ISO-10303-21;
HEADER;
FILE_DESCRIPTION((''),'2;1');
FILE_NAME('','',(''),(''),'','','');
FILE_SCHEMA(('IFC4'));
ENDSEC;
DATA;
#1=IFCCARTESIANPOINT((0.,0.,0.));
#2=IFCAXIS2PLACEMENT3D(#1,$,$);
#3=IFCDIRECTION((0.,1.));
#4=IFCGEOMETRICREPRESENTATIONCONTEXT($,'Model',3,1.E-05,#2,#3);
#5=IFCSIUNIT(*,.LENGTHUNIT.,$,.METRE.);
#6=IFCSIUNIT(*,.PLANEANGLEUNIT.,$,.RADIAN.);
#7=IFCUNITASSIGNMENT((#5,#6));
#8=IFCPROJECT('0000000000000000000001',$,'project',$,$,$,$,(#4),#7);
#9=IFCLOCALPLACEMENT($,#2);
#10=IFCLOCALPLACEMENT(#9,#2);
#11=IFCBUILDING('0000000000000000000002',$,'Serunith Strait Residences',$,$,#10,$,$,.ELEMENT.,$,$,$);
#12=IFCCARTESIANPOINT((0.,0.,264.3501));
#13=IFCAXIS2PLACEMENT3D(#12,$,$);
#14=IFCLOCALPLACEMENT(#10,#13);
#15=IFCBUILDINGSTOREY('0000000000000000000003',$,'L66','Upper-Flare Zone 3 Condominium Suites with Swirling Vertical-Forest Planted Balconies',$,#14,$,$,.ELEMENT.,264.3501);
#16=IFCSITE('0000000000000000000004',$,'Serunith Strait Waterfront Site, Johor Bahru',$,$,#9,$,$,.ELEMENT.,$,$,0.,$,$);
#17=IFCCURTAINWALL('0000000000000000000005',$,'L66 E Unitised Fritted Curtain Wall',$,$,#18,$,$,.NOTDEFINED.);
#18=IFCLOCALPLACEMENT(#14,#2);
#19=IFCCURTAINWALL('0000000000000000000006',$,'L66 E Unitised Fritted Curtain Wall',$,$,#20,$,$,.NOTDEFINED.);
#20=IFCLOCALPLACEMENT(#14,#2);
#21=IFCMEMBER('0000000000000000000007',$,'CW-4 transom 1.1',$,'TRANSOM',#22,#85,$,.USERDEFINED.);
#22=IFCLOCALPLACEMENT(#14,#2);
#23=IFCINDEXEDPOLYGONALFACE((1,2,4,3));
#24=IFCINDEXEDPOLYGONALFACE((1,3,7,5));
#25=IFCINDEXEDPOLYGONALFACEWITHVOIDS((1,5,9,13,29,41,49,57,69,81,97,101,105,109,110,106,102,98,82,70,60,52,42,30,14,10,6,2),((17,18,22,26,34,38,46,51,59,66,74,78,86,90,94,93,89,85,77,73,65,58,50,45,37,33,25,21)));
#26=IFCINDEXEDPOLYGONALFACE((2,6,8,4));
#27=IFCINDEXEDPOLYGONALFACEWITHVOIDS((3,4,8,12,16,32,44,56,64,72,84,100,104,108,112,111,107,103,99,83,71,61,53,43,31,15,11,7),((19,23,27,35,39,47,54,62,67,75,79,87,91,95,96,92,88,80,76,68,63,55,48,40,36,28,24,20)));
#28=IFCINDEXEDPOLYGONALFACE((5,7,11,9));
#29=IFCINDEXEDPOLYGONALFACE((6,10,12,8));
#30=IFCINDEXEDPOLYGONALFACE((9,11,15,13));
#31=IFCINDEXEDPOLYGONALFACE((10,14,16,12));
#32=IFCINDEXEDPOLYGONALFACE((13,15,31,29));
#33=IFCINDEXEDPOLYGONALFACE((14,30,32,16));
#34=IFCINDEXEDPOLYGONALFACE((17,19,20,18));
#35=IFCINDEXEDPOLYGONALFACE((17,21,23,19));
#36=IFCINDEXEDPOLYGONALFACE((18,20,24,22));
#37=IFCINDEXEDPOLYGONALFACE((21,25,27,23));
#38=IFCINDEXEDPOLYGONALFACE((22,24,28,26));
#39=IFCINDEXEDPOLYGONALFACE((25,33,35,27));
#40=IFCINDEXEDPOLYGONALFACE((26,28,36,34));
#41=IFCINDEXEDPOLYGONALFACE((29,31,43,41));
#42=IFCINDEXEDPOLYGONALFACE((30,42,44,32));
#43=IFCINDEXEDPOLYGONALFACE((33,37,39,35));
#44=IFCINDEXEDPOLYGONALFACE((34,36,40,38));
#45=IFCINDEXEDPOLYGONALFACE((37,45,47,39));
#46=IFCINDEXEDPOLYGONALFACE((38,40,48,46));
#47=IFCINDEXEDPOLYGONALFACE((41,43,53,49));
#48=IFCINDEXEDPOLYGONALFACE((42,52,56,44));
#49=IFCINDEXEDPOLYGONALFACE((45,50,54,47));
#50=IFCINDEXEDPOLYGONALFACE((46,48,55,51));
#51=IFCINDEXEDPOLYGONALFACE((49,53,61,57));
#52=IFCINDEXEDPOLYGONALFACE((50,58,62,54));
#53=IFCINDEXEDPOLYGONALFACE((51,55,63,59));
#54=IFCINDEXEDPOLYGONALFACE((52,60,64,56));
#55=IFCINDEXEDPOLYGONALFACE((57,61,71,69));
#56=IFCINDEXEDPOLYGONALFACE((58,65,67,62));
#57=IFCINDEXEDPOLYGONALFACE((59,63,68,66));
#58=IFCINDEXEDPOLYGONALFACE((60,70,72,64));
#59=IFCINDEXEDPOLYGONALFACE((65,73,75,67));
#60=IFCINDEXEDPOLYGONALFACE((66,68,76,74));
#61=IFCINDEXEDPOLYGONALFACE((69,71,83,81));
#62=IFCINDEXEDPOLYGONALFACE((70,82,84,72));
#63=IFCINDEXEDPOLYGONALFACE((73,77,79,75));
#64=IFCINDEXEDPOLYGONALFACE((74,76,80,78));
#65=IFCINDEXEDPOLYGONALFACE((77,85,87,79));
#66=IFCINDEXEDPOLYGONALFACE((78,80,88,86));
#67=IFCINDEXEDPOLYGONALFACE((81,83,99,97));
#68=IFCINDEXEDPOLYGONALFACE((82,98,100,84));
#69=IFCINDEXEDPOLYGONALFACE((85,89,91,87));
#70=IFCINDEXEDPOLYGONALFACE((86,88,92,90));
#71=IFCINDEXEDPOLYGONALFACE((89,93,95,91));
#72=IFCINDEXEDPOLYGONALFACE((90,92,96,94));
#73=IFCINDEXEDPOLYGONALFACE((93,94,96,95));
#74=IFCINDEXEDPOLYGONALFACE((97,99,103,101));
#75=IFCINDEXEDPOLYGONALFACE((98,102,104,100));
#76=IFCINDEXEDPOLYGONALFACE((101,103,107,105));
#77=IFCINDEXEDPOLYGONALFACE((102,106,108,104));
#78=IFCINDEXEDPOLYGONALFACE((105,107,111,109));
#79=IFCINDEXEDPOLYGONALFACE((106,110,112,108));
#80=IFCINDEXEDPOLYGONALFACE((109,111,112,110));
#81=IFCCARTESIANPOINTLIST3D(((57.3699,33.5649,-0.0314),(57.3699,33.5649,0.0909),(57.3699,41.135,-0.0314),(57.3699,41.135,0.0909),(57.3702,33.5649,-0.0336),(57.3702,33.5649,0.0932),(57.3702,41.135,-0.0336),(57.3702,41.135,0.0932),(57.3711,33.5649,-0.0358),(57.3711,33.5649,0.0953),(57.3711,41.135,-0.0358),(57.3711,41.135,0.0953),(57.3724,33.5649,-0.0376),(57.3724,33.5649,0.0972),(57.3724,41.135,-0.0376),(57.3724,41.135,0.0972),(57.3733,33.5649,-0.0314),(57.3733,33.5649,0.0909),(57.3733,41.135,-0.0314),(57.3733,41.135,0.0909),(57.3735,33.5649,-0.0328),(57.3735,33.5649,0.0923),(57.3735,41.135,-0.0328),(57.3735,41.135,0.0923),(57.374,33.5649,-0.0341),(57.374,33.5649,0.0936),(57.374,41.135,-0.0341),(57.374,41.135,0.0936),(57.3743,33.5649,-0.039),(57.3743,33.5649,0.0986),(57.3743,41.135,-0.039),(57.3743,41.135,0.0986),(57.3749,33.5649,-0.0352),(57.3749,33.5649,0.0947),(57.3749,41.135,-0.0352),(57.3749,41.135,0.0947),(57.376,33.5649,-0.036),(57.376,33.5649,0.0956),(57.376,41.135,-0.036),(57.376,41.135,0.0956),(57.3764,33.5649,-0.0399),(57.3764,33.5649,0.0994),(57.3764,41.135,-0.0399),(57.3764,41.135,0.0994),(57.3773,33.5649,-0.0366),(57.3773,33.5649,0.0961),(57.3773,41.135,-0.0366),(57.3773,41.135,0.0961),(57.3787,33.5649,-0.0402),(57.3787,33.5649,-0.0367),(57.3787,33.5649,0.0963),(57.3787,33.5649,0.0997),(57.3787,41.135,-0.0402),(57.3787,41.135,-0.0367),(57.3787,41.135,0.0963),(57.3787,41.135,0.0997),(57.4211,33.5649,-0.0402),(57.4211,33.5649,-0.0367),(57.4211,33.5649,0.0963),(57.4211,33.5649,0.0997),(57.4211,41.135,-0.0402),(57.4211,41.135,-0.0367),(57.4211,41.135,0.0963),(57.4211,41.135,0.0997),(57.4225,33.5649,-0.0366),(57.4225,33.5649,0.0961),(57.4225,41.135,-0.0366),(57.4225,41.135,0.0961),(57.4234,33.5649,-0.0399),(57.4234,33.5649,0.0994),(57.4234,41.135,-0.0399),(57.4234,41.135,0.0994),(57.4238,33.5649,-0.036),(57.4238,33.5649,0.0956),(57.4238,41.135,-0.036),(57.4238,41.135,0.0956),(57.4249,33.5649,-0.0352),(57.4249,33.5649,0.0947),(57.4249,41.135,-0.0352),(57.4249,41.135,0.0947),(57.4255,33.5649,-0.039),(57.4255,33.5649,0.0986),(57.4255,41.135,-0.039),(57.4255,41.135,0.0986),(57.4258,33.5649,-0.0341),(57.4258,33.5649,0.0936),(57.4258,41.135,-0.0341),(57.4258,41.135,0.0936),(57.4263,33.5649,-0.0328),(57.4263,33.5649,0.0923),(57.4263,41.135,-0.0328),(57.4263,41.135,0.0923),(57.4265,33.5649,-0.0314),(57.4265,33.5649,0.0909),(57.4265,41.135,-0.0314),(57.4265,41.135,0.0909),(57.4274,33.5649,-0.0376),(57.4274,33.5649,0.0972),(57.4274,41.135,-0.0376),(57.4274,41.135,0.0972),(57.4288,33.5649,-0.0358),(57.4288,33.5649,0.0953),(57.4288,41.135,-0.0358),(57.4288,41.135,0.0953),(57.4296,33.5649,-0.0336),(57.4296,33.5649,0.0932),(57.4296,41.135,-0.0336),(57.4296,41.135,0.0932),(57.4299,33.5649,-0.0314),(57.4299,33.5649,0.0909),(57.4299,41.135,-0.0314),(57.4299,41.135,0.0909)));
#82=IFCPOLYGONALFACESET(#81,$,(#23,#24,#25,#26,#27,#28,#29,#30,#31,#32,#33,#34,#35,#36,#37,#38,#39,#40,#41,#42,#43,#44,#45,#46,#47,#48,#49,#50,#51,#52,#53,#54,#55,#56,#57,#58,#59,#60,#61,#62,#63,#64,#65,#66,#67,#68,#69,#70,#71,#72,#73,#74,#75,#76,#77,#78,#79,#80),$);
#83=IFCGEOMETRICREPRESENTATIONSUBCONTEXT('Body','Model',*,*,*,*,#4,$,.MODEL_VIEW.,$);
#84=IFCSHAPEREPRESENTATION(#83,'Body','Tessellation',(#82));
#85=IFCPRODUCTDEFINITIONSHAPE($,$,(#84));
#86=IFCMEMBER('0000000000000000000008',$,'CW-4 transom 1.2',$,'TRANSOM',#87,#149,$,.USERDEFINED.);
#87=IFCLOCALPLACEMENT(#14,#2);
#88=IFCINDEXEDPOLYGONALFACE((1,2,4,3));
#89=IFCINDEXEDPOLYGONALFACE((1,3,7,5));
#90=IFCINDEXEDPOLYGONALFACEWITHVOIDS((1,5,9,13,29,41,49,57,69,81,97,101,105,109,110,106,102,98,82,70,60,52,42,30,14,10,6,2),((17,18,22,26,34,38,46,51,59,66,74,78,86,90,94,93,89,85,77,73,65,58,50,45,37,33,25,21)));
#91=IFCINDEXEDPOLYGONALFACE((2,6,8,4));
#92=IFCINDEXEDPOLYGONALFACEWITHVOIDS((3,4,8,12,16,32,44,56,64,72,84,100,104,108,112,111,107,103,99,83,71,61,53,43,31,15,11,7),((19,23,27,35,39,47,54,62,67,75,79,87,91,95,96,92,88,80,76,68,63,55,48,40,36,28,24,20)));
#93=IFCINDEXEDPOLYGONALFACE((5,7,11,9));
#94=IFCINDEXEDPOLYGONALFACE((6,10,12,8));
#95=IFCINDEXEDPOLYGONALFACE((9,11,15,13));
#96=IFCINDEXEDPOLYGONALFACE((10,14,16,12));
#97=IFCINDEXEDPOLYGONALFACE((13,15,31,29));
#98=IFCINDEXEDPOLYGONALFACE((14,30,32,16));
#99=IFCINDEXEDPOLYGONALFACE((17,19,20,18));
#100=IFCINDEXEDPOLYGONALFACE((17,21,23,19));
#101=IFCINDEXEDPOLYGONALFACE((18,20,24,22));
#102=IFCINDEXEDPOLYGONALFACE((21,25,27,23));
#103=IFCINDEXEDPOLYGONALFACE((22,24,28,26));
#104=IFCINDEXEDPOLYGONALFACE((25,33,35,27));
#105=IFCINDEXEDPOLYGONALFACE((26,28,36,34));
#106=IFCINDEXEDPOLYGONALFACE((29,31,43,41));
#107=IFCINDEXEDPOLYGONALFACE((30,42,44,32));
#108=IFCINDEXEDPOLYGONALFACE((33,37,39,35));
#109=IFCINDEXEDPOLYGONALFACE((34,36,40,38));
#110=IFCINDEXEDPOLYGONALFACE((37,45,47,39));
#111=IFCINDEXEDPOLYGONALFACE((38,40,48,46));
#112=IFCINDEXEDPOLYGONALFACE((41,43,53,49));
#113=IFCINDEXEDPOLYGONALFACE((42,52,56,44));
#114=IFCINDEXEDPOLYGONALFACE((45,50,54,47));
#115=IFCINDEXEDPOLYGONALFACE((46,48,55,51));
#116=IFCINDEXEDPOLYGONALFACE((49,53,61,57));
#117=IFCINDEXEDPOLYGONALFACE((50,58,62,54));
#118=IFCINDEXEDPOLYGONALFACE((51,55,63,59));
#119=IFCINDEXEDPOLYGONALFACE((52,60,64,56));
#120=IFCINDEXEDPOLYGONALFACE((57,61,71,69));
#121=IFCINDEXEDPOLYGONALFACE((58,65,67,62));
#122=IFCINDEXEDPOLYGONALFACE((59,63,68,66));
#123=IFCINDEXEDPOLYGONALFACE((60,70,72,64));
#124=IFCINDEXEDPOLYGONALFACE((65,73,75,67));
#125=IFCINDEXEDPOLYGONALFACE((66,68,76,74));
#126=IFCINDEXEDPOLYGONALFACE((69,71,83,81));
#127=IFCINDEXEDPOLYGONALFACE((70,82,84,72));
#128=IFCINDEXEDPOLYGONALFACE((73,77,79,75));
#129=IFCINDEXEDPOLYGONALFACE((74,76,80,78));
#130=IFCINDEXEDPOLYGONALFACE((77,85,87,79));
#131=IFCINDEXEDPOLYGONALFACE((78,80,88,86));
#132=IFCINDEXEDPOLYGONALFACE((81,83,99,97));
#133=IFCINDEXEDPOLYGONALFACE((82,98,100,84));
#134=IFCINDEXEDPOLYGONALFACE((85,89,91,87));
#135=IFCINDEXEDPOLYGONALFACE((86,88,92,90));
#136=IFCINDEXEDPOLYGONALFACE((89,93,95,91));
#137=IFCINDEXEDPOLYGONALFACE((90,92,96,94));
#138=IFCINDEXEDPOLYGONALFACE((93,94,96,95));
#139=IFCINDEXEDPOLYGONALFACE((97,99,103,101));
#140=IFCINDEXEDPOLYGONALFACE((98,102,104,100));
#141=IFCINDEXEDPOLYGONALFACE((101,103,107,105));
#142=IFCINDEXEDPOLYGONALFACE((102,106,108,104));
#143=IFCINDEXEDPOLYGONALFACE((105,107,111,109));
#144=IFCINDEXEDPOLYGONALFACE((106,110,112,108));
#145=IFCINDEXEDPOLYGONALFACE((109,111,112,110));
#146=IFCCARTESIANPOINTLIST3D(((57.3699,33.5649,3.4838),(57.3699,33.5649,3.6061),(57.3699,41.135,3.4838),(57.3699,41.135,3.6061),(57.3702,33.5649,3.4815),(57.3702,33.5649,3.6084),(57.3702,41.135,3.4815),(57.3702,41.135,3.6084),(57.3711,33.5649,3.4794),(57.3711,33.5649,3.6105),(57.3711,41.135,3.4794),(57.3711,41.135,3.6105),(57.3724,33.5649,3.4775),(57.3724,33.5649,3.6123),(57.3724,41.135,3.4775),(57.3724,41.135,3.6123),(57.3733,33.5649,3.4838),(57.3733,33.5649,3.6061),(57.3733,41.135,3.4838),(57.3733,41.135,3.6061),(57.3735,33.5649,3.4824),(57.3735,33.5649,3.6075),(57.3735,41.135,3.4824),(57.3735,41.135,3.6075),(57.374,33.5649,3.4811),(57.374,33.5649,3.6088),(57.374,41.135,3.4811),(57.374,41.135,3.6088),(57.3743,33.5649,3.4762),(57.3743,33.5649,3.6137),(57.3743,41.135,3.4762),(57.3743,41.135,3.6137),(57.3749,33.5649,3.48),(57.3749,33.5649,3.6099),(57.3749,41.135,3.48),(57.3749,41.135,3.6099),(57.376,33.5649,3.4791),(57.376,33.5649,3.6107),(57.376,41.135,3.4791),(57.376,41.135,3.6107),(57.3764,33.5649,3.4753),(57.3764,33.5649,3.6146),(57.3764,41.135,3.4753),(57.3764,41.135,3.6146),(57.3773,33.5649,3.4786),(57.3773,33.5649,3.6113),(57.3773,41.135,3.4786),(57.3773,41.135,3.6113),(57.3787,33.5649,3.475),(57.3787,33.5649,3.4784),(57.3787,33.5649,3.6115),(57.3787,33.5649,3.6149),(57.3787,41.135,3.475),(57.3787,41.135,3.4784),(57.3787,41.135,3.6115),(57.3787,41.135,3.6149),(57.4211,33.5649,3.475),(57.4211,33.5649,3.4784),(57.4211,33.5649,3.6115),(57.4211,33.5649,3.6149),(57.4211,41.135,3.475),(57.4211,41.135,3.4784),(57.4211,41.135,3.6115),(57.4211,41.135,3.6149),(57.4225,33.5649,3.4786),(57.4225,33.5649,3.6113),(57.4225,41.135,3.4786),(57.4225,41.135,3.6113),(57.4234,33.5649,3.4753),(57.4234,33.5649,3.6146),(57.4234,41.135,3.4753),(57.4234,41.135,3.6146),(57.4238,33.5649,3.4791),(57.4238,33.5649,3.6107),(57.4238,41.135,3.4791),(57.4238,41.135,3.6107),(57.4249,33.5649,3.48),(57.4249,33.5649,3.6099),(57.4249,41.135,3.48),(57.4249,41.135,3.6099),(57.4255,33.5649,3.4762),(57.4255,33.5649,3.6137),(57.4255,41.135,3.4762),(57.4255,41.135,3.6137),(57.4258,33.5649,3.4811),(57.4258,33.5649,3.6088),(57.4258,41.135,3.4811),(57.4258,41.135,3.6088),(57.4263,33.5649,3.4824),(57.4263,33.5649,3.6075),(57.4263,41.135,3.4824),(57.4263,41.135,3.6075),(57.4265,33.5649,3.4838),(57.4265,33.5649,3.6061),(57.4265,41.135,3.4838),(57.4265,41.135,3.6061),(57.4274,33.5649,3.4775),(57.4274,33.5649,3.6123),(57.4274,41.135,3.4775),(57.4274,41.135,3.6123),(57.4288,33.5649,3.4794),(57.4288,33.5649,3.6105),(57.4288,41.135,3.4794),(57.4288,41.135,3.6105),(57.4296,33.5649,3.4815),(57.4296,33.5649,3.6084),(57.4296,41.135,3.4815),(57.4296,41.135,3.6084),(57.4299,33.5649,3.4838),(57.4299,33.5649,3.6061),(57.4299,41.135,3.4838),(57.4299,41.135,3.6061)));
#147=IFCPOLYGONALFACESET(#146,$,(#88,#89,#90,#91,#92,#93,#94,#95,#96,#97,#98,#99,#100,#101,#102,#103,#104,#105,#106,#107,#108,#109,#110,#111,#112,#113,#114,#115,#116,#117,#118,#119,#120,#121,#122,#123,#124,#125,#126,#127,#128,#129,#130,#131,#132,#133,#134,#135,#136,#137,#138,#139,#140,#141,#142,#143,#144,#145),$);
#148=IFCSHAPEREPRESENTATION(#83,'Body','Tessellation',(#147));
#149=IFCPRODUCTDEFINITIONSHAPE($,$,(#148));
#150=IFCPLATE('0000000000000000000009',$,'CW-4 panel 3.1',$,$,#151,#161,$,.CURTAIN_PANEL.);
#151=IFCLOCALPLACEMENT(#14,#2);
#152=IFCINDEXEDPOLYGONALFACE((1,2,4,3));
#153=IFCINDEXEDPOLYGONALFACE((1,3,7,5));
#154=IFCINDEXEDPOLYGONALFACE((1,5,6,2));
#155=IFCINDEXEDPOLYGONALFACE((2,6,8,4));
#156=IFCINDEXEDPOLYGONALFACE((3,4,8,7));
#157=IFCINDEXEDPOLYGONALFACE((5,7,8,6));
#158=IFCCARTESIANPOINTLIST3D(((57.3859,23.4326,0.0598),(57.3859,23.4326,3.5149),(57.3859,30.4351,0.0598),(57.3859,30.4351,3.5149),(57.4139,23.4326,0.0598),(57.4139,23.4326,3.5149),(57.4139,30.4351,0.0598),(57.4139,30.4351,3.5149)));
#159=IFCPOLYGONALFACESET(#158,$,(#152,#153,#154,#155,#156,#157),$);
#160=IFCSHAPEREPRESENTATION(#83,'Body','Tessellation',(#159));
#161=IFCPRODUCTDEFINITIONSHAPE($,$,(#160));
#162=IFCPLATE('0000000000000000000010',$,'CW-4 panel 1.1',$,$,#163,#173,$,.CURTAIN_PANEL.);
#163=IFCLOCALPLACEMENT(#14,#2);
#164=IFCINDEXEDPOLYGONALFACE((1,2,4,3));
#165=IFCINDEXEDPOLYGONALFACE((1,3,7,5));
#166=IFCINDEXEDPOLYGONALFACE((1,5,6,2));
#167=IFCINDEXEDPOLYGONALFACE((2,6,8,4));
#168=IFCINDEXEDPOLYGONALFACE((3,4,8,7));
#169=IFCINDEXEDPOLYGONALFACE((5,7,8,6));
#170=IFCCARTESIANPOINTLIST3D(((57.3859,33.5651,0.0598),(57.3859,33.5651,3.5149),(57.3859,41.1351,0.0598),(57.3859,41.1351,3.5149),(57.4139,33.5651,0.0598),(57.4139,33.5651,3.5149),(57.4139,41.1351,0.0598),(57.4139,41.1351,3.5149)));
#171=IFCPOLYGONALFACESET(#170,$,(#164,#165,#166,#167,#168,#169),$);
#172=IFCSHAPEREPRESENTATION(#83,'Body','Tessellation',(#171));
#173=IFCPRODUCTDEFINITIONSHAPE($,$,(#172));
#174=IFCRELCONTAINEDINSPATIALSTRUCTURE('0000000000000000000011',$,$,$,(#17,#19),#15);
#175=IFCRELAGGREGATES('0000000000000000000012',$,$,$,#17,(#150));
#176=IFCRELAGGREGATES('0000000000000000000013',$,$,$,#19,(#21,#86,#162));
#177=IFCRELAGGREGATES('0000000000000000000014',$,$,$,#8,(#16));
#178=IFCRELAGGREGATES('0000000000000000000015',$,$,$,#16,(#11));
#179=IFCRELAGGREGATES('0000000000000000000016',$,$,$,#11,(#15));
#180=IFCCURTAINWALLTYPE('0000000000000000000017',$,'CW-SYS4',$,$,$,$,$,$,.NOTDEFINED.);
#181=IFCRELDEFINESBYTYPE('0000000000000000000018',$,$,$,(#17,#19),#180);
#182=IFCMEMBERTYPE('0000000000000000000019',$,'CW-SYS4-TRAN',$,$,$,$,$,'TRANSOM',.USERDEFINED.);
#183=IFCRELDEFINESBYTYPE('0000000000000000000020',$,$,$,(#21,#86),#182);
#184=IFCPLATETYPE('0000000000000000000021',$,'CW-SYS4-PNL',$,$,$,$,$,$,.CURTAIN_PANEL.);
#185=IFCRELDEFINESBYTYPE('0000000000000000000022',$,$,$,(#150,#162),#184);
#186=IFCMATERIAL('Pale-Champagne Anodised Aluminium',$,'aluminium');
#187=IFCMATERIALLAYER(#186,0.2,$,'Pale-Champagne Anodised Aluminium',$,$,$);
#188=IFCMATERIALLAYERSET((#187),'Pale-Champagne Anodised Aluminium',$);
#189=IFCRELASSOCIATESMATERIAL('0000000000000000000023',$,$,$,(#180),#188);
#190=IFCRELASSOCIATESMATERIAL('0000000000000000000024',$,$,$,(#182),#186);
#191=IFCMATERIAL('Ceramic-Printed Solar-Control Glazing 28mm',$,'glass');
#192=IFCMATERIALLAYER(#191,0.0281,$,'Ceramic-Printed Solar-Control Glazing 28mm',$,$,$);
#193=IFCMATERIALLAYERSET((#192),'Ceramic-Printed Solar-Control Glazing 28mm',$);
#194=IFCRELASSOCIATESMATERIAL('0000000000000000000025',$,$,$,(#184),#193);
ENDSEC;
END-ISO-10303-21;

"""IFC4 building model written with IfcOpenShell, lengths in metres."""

from ifc_helpers import new_model, si_unit, direction, frame, origin, origin_2d, place, context, subcontext, project, spatial, rectangle, hollow_rectangle, extrude, source, transform, mapped, material, layer, layer_set, material_profile, profile_set, type_object, element, aggregate, save


model = new_model("IFC4")

# Units and contexts
model_context = context("Model", 3, precision=1e-05, world=origin(), true_north=direction((0.0, 1.0)))
body_context = subcontext(model_context, "Body", "Model", "MODEL_VIEW")
ifc_project = project(units=[si_unit("LENGTHUNIT", "METRE"), si_unit("PLANEANGLEUNIT", "RADIAN")], contexts=[model_context])

# Site, building, storey
site_placement = place(None, origin())
site = spatial("IfcSite", under=ifc_project, at=site_placement, Name="Serunith Strait Waterfront Site, Johor Bahru", CompositionType="ELEMENT", RefElevation=0.0)
building_placement = place(site_placement, origin())
building = spatial("IfcBuilding", under=site, at=building_placement, Name="Serunith Strait Residences", CompositionType="ELEMENT")
storey_placement = place(building_placement, frame((0.0, 0.0, 264.3501)))
storey = spatial("IfcBuildingStorey", under=building, at=storey_placement, Name="L66", Description="Upper-Flare Zone 3 Condominium Suites with Swirling Vertical-Forest Planted Balconies", CompositionType="ELEMENT", Elevation=264.3501)

# Curtain wall
ifc_material_1 = material(Name="Pale-Champagne Anodised Aluminium", Category="aluminium")
ifc_layer_1 = layer(ifc_material_1, 0.2, Name="Pale-Champagne Anodised Aluminium")
ifc_layer_set_1 = layer_set([ifc_layer_1], Name="Pale-Champagne Anodised Aluminium")
curtain_wall_type = type_object("IfcCurtainWallType", Name="CW-SYS4", PredefinedType="NOTDEFINED", material=ifc_layer_set_1)
curtain_wall_1_placement = place(storey_placement, origin())
curtain_wall_1 = element("IfcCurtainWall", 1, at=curtain_wall_1_placement, inside=storey, type_object=curtain_wall_type, Name="L66 E Unitised Fritted Curtain Wall", PredefinedType="NOTDEFINED")

# Curtain wall, members
curtain_wall_2_placement = place(storey_placement, origin())
curtain_wall_2 = element("IfcCurtainWall", 2, at=curtain_wall_2_placement, inside=storey, type_object=curtain_wall_type, Name="L66 E Unitised Fritted Curtain Wall", PredefinedType="NOTDEFINED")
ifc_material_profile_1 = material_profile(ifc_material_1, hollow_rectangle(XDim=0.0601, YDim=0.1399, WallThickness=0.0034, InnerFilletRadius=0.0054, OuterFilletRadius=0.0088, at=origin_2d()), Name="ALU 140x60x3.5")
ifc_profile_set_1 = profile_set([ifc_material_profile_1], Name="Pale-Champagne Anodised Aluminium")
member_type_1 = type_object("IfcMemberType", Name="CW-SYS4-TRAN", ElementType="TRANSOM", PredefinedType="USERDEFINED", material=ifc_profile_set_1)
shared_shape_1 = source(origin(), body_context, "Body", "SweptSolid", [
    extrude(hollow_rectangle(XDim=0.0601, YDim=0.1399, WallThickness=0.0034, InnerFilletRadius=0.0054, OuterFilletRadius=0.0088, at=origin_2d()), origin(), (0.0, 0.0, 1.0), 7.5701),
])
member_1_placement = place(storey_placement, frame((57.3999, 33.5649, 0.0298), z_axis=(0.0, 1.0, 0.0), x_axis=(-1.0, 0.0, 0.0)))
member_1 = element("IfcMember", 3, at=member_1_placement, type_object=member_type_1, Name="CW-4 transom 1.1", ObjectType="TRANSOM", PredefinedType="USERDEFINED", context=body_context, shape_type="MappedRepresentation", body=[
    mapped(shared_shape_1, transform((0.0, 0.0, 0.0), scale=1.0)),
])
member_2_placement = place(storey_placement, frame((57.3999, 33.5649, 3.5449), z_axis=(0.0, 1.0, 0.0), x_axis=(-1.0, 0.0, 0.0)))
member_2 = element("IfcMember", 4, at=member_2_placement, type_object=member_type_1, Name="CW-4 transom 1.2", ObjectType="TRANSOM", PredefinedType="USERDEFINED", context=body_context, shape_type="MappedRepresentation", body=[
    mapped(shared_shape_1, transform((0.0, 0.0, 0.0), scale=1.0)),
])

# Plates
ifc_material_2 = material(Name="Ceramic-Printed Solar-Control Glazing 28mm", Category="glass")
ifc_layer_2 = layer(ifc_material_2, 0.0281, Name="Ceramic-Printed Solar-Control Glazing 28mm")
ifc_layer_set_2 = layer_set([ifc_layer_2], Name="Ceramic-Printed Solar-Control Glazing 28mm")
plate_type = type_object("IfcPlateType", Name="CW-SYS4-PNL", PredefinedType="CURTAIN_PANEL", material=ifc_layer_set_2)
shared_shape_2 = source(origin(), body_context, "Body", "SweptSolid", [
    extrude(rectangle(XDim=7.0024, YDim=0.0281, at=origin_2d()), origin(), (0.0, 0.0, 1.0), 3.4551),
])
plate_1_placement = place(storey_placement, frame((57.3999, 26.9338, 0.0598), z_axis=(0.0, 0.0, 1.0), x_axis=(0.0, 1.0, 0.0)))
plate_1 = element("IfcPlate", 5, at=plate_1_placement, type_object=plate_type, Name="CW-4 panel 3.1", PredefinedType="CURTAIN_PANEL", context=body_context, shape_type="MappedRepresentation", body=[
    mapped(shared_shape_2, transform((0.0, 0.0, 0.0), scale=1.0)),
])
aggregate(curtain_wall_1, [plate_1])
shared_shape_3 = source(origin(), body_context, "Body", "SweptSolid", [
    extrude(rectangle(XDim=7.5701, YDim=0.0281, at=origin_2d()), origin(), (0.0, 0.0, 1.0), 3.4551),
])
plate_2_placement = place(storey_placement, frame((57.3999, 37.3501, 0.0598), z_axis=(0.0, 0.0, 1.0), x_axis=(0.0, 1.0, 0.0)))
plate_2 = element("IfcPlate", 6, at=plate_2_placement, type_object=plate_type, Name="CW-4 panel 1.1", PredefinedType="CURTAIN_PANEL", context=body_context, shape_type="MappedRepresentation", body=[
    mapped(shared_shape_3, transform((0.0, 0.0, 0.0), scale=1.0)),
])
aggregate(curtain_wall_2, [member_1, member_2, plate_2])

save(model, "model.ifc")
